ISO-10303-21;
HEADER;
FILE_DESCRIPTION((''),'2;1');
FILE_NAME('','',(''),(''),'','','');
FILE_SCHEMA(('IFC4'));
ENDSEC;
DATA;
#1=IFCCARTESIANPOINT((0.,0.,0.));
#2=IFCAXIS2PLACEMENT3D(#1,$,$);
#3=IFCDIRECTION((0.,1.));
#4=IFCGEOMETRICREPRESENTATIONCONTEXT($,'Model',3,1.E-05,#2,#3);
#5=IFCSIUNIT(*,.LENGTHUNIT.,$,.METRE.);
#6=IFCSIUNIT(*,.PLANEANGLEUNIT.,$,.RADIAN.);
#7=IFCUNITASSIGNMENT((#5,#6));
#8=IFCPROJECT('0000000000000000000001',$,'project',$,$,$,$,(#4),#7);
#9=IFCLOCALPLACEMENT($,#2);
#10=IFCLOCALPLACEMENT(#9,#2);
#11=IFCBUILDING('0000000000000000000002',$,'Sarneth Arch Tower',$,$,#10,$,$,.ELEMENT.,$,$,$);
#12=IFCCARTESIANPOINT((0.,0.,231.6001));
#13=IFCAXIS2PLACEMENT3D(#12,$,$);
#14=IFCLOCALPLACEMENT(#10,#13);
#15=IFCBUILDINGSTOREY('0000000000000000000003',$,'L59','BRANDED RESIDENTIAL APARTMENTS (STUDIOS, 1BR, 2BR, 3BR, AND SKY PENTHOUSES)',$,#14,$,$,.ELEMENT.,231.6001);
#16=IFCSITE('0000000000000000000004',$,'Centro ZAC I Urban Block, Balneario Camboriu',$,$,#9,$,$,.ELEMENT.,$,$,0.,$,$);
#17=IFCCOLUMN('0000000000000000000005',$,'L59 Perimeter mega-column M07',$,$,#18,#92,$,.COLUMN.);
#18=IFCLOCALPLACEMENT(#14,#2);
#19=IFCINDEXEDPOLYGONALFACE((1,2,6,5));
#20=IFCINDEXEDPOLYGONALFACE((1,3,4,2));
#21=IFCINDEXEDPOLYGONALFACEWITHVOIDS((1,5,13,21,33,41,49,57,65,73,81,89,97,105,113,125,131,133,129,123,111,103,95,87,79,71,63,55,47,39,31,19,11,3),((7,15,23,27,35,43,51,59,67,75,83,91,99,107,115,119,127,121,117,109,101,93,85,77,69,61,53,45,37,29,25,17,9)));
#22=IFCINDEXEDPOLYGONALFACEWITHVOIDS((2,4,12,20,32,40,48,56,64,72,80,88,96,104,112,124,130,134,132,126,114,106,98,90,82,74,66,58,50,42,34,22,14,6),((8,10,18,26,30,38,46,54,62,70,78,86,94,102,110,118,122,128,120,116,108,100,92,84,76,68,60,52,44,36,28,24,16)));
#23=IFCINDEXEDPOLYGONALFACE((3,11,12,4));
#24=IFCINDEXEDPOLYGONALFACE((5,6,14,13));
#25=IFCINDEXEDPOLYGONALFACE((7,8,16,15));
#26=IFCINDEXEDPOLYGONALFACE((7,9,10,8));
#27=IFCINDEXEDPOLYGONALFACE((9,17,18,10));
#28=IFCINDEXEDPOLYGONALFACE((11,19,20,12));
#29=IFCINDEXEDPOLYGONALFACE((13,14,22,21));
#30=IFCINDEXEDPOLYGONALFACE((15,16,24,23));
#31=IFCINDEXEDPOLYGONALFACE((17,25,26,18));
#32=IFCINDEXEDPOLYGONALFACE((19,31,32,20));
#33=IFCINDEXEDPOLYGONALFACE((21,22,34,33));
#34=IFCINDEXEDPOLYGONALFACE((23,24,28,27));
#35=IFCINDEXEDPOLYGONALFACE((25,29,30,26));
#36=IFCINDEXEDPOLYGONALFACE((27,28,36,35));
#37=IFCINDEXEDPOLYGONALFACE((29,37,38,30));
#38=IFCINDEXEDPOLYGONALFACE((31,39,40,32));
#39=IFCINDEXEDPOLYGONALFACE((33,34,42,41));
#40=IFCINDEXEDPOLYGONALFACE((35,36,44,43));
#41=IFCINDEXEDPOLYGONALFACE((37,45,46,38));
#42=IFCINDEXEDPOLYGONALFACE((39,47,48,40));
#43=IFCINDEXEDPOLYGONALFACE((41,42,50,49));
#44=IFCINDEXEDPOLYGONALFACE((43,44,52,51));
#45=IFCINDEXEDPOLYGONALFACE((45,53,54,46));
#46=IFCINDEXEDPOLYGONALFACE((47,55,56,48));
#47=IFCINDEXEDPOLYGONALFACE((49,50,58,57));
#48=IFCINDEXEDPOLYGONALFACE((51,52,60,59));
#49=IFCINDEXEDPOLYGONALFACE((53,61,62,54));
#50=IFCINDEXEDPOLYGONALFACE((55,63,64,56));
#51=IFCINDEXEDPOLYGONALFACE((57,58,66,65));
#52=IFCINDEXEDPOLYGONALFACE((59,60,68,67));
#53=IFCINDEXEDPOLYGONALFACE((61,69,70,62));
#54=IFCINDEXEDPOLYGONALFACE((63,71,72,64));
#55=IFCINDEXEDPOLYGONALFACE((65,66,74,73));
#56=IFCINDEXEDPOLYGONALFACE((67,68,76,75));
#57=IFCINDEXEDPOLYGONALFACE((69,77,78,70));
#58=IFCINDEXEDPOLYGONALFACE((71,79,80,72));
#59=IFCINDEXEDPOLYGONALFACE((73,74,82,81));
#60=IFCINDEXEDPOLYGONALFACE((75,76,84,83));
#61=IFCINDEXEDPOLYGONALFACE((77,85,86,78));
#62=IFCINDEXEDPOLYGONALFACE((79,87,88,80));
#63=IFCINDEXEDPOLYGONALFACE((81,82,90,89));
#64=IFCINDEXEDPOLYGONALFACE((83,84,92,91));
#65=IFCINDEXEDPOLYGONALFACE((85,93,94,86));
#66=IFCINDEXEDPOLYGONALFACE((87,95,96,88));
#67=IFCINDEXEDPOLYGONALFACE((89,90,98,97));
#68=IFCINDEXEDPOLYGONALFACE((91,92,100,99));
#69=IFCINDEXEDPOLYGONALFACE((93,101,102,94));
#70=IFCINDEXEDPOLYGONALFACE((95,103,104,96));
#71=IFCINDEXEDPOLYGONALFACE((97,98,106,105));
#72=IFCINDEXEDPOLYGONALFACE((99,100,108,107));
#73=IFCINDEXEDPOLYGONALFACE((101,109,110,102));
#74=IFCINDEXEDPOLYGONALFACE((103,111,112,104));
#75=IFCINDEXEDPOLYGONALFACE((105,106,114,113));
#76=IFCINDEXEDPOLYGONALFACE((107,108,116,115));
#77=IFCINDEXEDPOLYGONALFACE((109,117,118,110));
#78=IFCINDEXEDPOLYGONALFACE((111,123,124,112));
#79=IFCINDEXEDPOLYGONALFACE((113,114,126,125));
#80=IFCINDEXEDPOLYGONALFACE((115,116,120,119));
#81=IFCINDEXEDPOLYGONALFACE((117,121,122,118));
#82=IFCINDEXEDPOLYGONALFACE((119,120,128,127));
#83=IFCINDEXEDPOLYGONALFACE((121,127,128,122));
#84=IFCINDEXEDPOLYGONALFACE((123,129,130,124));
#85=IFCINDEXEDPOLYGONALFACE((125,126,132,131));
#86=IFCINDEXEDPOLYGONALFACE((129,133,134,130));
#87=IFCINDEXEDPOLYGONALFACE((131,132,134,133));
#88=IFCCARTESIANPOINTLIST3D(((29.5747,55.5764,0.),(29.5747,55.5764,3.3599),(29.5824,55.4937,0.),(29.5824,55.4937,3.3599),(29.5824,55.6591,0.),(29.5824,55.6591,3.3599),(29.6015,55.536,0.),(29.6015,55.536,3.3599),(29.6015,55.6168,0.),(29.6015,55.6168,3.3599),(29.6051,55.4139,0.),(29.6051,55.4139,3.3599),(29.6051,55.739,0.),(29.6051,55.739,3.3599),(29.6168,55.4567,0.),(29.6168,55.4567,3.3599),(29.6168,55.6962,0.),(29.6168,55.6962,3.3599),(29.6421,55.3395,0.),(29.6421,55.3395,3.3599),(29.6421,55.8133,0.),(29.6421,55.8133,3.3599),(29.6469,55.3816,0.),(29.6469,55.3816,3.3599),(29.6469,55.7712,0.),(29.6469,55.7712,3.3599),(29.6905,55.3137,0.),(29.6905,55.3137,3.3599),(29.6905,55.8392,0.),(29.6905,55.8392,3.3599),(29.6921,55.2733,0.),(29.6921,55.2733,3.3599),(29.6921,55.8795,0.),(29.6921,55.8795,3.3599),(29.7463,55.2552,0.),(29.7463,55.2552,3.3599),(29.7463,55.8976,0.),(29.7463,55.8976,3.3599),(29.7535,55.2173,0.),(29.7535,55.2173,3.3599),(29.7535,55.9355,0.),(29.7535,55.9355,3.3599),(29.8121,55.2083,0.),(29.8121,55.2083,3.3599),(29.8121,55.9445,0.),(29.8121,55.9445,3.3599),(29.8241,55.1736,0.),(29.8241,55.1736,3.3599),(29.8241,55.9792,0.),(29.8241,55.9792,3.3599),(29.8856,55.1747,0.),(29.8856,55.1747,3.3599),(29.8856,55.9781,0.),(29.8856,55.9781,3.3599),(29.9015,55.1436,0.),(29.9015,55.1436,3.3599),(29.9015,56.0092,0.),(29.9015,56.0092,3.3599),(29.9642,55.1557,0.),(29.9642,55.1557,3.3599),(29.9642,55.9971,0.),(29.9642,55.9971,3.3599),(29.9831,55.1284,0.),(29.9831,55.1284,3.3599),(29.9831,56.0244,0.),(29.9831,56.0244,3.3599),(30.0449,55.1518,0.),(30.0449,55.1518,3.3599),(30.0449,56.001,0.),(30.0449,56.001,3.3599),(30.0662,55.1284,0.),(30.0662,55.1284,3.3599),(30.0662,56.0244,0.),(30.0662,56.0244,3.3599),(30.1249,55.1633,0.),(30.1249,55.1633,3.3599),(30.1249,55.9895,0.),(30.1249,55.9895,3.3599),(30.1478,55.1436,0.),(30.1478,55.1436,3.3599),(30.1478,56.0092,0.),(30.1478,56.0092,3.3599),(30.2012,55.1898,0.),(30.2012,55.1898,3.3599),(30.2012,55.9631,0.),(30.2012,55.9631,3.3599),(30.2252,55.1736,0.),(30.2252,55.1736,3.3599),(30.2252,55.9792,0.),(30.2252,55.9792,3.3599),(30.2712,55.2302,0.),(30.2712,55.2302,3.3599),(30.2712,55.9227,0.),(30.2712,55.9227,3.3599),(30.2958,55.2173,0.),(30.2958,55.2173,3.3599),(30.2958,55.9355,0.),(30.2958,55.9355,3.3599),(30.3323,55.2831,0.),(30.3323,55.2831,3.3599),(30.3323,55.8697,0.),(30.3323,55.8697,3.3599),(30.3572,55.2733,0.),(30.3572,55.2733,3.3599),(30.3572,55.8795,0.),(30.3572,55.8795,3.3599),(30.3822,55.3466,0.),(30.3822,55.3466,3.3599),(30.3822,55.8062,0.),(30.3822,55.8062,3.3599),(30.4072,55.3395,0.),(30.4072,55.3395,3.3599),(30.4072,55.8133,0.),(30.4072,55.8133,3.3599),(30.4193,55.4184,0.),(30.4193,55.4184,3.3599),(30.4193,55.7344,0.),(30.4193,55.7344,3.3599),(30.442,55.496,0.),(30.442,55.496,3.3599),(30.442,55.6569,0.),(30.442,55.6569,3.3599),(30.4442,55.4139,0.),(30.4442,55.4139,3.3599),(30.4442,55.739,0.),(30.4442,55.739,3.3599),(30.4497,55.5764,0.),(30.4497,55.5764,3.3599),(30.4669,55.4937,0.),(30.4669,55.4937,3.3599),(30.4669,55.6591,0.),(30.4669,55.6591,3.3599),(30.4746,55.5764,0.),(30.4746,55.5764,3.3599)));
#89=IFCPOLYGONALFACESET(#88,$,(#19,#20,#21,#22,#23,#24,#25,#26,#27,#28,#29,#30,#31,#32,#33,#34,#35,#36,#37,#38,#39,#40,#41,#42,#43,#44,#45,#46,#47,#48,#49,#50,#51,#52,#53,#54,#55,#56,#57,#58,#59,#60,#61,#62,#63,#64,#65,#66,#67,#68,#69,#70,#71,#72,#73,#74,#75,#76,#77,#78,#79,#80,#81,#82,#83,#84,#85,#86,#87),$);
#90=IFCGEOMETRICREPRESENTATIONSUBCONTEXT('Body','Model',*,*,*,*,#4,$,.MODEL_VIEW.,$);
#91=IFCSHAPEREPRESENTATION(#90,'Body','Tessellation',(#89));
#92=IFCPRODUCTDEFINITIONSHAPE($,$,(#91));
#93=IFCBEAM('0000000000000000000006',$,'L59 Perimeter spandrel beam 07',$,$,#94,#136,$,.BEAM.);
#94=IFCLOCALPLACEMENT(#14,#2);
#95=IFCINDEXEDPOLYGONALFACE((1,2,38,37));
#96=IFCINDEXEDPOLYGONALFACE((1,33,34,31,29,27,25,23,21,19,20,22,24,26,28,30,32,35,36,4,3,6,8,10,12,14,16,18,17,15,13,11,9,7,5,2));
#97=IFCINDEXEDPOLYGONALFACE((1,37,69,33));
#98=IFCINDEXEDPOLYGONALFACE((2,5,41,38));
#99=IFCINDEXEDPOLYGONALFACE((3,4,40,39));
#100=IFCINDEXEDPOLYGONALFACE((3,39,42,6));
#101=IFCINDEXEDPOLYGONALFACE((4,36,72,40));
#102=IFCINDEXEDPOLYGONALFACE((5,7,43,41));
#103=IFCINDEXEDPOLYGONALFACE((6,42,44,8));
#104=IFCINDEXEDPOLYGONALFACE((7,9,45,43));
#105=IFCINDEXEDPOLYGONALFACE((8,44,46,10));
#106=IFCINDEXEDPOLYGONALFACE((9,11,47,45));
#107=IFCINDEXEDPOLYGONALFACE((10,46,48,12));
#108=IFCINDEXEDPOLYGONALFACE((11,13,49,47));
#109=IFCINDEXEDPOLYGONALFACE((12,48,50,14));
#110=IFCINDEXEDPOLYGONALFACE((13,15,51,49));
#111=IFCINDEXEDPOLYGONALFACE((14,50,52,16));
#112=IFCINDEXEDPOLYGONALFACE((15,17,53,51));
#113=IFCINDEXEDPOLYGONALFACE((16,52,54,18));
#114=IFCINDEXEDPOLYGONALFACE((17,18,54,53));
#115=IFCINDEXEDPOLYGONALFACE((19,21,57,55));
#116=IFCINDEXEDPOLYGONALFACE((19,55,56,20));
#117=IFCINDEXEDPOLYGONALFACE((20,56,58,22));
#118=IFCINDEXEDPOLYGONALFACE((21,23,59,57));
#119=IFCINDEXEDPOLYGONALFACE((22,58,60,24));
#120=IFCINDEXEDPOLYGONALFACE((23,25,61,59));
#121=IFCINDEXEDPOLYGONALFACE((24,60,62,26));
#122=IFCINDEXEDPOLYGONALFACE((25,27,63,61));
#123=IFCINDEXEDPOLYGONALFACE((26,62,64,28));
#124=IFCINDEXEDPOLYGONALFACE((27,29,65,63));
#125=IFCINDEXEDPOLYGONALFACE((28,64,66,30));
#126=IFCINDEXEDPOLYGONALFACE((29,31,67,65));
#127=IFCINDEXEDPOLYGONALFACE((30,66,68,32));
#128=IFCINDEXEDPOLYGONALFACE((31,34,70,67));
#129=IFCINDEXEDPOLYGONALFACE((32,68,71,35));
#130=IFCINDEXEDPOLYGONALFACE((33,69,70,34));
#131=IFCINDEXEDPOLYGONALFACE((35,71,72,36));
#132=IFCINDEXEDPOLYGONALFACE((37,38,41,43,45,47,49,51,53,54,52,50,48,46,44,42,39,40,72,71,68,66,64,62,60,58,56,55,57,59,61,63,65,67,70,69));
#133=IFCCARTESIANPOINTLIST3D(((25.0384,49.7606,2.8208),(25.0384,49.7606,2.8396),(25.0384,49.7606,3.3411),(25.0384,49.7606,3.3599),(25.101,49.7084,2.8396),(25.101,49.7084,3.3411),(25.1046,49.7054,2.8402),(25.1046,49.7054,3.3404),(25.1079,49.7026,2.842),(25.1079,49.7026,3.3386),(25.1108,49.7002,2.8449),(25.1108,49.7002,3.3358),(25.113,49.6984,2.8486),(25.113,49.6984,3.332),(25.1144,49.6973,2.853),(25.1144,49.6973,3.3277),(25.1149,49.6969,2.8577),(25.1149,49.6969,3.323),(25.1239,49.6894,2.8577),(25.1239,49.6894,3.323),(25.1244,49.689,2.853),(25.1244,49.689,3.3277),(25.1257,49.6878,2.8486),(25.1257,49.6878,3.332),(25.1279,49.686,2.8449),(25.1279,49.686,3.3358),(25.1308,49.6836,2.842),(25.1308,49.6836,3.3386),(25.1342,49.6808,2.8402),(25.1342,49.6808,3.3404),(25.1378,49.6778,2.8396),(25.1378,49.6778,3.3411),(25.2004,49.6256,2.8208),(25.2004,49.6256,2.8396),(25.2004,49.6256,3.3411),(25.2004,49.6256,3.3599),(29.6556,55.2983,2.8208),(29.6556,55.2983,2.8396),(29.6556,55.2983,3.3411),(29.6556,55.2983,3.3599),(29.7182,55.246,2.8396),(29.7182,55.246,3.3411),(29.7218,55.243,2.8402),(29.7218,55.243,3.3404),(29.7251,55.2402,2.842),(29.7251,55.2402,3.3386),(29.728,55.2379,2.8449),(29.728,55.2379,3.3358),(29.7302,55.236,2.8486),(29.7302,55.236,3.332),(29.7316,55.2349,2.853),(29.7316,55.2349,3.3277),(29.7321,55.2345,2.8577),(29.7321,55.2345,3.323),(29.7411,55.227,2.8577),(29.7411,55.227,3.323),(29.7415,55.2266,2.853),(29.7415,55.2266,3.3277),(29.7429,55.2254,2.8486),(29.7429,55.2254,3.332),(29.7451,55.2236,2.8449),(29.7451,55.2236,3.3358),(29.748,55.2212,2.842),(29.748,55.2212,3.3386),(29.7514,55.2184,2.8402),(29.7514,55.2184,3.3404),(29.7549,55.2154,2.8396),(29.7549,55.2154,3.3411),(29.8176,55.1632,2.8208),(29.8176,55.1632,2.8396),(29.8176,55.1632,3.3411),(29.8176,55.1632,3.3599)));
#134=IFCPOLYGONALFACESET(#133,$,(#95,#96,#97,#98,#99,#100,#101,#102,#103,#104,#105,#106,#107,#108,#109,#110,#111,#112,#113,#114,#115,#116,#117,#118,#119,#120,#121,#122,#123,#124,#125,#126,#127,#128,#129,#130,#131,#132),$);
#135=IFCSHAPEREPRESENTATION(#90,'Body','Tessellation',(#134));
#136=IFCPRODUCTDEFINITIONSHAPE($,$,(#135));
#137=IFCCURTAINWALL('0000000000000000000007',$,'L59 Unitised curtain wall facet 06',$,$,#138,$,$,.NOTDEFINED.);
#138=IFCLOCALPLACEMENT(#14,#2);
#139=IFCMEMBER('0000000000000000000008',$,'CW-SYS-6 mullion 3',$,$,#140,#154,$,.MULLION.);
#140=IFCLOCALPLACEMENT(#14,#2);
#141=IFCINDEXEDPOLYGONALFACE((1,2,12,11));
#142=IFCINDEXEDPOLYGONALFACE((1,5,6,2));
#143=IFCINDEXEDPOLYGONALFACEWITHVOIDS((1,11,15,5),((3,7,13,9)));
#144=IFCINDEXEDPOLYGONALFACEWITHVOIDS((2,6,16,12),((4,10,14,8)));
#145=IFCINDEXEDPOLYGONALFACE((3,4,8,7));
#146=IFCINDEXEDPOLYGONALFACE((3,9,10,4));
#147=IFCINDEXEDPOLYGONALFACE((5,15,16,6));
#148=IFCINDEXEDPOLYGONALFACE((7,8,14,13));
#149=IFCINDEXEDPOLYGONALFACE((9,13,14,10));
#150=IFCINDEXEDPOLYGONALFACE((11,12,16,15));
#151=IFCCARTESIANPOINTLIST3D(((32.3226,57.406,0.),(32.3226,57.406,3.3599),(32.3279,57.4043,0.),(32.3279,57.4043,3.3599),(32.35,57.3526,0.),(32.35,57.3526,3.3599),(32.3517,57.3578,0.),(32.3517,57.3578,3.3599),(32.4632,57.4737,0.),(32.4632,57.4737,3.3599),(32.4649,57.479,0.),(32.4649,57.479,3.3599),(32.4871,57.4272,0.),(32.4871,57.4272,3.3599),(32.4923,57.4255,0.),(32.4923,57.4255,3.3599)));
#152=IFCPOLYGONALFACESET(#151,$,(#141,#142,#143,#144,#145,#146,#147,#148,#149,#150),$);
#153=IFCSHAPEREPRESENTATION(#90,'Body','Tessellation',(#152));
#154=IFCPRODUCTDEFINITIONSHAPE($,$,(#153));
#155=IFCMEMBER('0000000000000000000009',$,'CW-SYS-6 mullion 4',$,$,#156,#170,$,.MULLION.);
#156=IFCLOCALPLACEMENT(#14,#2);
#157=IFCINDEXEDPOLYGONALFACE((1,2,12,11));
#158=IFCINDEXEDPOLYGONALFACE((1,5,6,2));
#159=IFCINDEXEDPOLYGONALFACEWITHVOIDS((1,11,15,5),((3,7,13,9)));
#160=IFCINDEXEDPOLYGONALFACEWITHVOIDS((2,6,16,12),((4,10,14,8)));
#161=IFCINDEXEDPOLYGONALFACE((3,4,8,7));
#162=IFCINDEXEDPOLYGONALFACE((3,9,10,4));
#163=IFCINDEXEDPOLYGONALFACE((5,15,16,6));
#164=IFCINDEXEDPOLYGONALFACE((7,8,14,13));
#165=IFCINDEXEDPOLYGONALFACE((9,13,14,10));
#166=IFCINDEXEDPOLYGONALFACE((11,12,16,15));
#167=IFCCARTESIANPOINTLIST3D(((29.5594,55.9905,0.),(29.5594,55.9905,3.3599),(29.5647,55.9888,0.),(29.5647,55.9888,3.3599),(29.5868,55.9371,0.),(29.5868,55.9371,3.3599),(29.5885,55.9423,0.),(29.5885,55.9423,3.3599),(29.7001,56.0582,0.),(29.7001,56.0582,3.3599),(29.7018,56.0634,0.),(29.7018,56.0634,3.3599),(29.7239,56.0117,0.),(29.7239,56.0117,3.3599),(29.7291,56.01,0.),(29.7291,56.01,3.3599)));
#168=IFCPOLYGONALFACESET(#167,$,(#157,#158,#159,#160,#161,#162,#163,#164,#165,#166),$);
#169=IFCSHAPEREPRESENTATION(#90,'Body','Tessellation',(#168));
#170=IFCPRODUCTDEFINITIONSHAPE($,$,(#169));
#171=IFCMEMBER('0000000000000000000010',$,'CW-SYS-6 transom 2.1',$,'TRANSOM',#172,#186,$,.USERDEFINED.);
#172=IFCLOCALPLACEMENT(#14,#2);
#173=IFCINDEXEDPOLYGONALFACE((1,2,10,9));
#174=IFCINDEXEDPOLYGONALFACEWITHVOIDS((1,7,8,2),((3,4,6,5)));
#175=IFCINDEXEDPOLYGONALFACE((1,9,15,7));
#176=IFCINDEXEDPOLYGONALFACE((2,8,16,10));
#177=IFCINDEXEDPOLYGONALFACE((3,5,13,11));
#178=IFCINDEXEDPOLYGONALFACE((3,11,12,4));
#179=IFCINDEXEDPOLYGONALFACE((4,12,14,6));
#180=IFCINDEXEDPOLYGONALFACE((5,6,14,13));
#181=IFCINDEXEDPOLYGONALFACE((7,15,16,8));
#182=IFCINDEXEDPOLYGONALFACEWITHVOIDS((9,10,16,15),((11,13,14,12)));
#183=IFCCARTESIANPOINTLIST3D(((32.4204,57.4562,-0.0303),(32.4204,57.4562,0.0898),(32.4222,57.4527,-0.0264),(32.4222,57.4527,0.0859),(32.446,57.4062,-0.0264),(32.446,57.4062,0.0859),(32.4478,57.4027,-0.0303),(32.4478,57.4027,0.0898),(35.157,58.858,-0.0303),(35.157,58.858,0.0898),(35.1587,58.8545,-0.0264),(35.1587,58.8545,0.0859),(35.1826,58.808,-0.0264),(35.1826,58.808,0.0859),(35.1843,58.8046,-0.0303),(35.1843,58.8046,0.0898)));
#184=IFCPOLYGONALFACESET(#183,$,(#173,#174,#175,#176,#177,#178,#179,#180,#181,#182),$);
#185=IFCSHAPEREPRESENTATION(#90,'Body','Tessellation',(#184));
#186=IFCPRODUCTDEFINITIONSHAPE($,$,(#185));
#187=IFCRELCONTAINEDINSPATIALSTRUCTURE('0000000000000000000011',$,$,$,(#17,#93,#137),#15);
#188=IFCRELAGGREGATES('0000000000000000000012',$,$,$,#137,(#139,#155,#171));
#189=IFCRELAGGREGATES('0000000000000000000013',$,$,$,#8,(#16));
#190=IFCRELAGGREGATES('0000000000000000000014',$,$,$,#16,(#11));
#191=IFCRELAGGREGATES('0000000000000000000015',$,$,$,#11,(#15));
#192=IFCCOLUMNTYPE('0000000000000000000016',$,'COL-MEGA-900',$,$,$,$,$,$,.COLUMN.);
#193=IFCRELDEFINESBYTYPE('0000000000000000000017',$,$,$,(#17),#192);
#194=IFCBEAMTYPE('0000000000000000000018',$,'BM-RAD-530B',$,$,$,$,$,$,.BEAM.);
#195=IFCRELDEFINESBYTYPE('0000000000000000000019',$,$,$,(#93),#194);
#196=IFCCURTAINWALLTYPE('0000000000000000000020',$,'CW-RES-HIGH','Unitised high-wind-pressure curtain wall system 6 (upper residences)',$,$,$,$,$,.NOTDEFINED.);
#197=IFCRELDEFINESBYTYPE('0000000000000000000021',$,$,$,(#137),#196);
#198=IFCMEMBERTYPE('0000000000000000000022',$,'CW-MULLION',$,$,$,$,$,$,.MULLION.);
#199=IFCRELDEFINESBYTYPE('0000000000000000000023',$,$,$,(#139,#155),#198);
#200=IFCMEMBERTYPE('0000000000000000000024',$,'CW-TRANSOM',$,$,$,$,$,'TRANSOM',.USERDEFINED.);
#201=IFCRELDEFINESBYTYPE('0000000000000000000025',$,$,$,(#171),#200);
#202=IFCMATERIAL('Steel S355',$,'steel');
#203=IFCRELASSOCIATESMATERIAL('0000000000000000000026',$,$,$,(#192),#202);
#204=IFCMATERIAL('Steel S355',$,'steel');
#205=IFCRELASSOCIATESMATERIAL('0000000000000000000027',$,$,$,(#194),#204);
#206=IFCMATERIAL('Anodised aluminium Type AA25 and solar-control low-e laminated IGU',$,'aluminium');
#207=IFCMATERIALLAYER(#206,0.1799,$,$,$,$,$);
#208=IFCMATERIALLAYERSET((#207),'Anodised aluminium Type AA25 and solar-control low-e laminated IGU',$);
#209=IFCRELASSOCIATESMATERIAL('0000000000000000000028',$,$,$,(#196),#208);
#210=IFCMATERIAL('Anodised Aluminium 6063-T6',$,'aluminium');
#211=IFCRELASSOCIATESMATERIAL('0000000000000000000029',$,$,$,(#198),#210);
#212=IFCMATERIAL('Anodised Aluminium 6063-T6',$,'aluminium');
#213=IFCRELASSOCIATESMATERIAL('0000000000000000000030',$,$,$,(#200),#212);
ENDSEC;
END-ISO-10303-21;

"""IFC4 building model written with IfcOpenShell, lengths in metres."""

from ifc_helpers import new_model, si_unit, direction, frame, origin, origin_2d, place, context, subcontext, project, spatial, hollow_rectangle, hollow_circle, i_section, extrude, material, layer, layer_set, material_profile, profile_set, type_object, element, aggregate, save


model = new_model("IFC4")

# Units and contexts
model_context = context("Model", 3, precision=1e-05, world=origin(), true_north=direction((0.0, 1.0)))
body_context = subcontext(model_context, "Body", "Model", "MODEL_VIEW")
ifc_project = project(units=[si_unit("LENGTHUNIT", "METRE"), si_unit("PLANEANGLEUNIT", "RADIAN")], contexts=[model_context])

# Site, building, storey
site_placement = place(None, origin())
site = spatial("IfcSite", under=ifc_project, at=site_placement, Name="Centro ZAC I Urban Block, Balneario Camboriu", CompositionType="ELEMENT", RefElevation=0.0)
building_placement = place(site_placement, origin())
building = spatial("IfcBuilding", under=site, at=building_placement, Name="Sarneth Arch Tower", CompositionType="ELEMENT")
storey_placement = place(building_placement, frame((0.0, 0.0, 231.6001)))
storey = spatial("IfcBuildingStorey", under=building, at=storey_placement, Name="L59", Description="BRANDED RESIDENTIAL APARTMENTS (STUDIOS, 1BR, 2BR, 3BR, AND SKY PENTHOUSES)", CompositionType="ELEMENT", Elevation=231.6001)

# Column
ifc_material_1 = material(Name="Steel S355", Category="steel")
ifc_material_profile_1 = material_profile(ifc_material_1, hollow_circle(Radius=0.45, WallThickness=0.0249, at=origin_2d()), Name="CHS900x25")
ifc_profile_set_1 = profile_set([ifc_material_profile_1], Name="Steel S355")
column_type = type_object("IfcColumnType", Name="COL-MEGA-900", PredefinedType="COLUMN", material=ifc_profile_set_1)
column_placement = place(storey_placement, frame((30.0247, 55.5764, 0.0), z_axis=(0.0, 0.0, 1.0), x_axis=(1.0, 0.0, 0.0)))
element("IfcColumn", 1, at=column_placement, inside=storey, type_object=column_type, Name="L59 Perimeter mega-column M07", PredefinedType="COLUMN", context=body_context, shape_type="SweptSolid", body=[
    extrude(hollow_circle(Radius=0.45, WallThickness=0.0249, at=origin_2d()), origin(), (0.0, 0.0, 1.0), 3.3599),
])

# Beam
ifc_material_2 = material(Name="Steel S355", Category="steel")
ifc_material_profile_2 = material_profile(ifc_material_2, i_section(OverallWidth=0.2109, OverallDepth=0.5391, WebThickness=0.0117, FlangeThickness=0.0188, FilletRadius=0.0181, at=origin_2d()), Name="W530x109")
ifc_profile_set_2 = profile_set([ifc_material_profile_2], Name="Steel S355")
beam_type = type_object("IfcBeamType", Name="BM-RAD-530B", PredefinedType="BEAM", material=ifc_profile_set_2)
beam_placement = place(storey_placement, frame((29.7366, 55.2307, 3.0903), z_axis=(-0.640391, -0.768049, 0.0), x_axis=(0.768049, -0.640391, 0.0)))
element("IfcBeam", 2, at=beam_placement, inside=storey, type_object=beam_type, Name="L59 Perimeter spandrel beam 07", PredefinedType="BEAM", context=body_context, shape_type="SweptSolid", body=[
    extrude(i_section(OverallWidth=0.2109, OverallDepth=0.5391, WebThickness=0.0117, FlangeThickness=0.0188, FilletRadius=0.0181, at=origin_2d()), origin(), (0.0, 0.0, 1.0), 7.21),
])

# Curtain wall, members
ifc_material_3 = material(Name="Anodised aluminium Type AA25 and solar-control low-e laminated IGU", Category="aluminium")
ifc_layer_1 = layer(ifc_material_3, 0.1799)
ifc_layer_set_1 = layer_set([ifc_layer_1], Name="Anodised aluminium Type AA25 and solar-control low-e laminated IGU")
curtain_wall_type = type_object("IfcCurtainWallType", Name="CW-RES-HIGH", Description="Unitised high-wind-pressure curtain wall system 6 (upper residences)", PredefinedType="NOTDEFINED", material=ifc_layer_set_1)
curtain_wall_placement = place(storey_placement, origin())
curtain_wall = element("IfcCurtainWall", 3, at=curtain_wall_placement, inside=storey, type_object=curtain_wall_type, Name="L59 Unitised curtain wall facet 06", PredefinedType="NOTDEFINED")
ifc_material_4 = material(Name="Anodised Aluminium 6063-T6", Category="aluminium")
ifc_material_profile_3 = material_profile(ifc_material_4, hollow_rectangle(XDim=0.0601, YDim=0.1599, WallThickness=0.0039, at=origin_2d()), Name="AL-MULL-160x60x4")
ifc_profile_set_3 = profile_set([ifc_material_profile_3], Name="Anodised Aluminium 6063-T6")
member_type_1 = type_object("IfcMemberType", Name="CW-MULLION", PredefinedType="MULLION", material=ifc_profile_set_3)
member_1_placement = place(storey_placement, frame((32.4075, 57.4158, 0.0), z_axis=(0.0, 0.0, 1.0), x_axis=(0.455942, -0.89001, 0.0)))
member_1 = element("IfcMember", 4, at=member_1_placement, type_object=member_type_1, Name="CW-SYS-6 mullion 3", PredefinedType="MULLION", context=body_context, shape_type="SweptSolid", body=[
    extrude(hollow_rectangle(XDim=0.0601, YDim=0.1599, WallThickness=0.0039, at=origin_2d()), origin(), (0.0, 0.0, 1.0), 3.3599),
])
member_2_placement = place(storey_placement, frame((29.6443, 56.0002, 0.0), z_axis=(0.0, 0.0, 1.0), x_axis=(0.455942, -0.89001, 0.0)))
member_2 = element("IfcMember", 5, at=member_2_placement, type_object=member_type_1, Name="CW-SYS-6 mullion 4", PredefinedType="MULLION", context=body_context, shape_type="SweptSolid", body=[
    extrude(hollow_rectangle(XDim=0.0601, YDim=0.1599, WallThickness=0.0039, at=origin_2d()), origin(), (0.0, 0.0, 1.0), 3.3599),
])
ifc_material_5 = material(Name="Anodised Aluminium 6063-T6", Category="aluminium")
ifc_material_profile_4 = material_profile(ifc_material_5, hollow_rectangle(XDim=0.0601, YDim=0.1201, WallThickness=0.0039, at=origin_2d()), Name="AL-TRAN-120x60x4")
ifc_profile_set_4 = profile_set([ifc_material_profile_4], Name="Anodised Aluminium 6063-T6")
member_type_2 = type_object("IfcMemberType", Name="CW-TRANSOM", ElementType="TRANSOM", PredefinedType="USERDEFINED", material=ifc_profile_set_4)
member_3_placement = place(storey_placement, frame((35.1707, 58.8313, 0.0298), z_axis=(-0.890017, -0.455926, 0.0), x_axis=(0.455926, -0.890017, 0.0)))
member_3 = element("IfcMember", 6, at=member_3_placement, type_object=member_type_2, Name="CW-SYS-6 transom 2.1", ObjectType="TRANSOM", PredefinedType="USERDEFINED", context=body_context, shape_type="SweptSolid", body=[
    extrude(hollow_rectangle(XDim=0.0601, YDim=0.1201, WallThickness=0.0039, at=origin_2d()), origin(), (0.0, 0.0, 1.0), 3.0747),
])

aggregate(curtain_wall, [member_1, member_2, member_3])

save(model, "model.ifc")
